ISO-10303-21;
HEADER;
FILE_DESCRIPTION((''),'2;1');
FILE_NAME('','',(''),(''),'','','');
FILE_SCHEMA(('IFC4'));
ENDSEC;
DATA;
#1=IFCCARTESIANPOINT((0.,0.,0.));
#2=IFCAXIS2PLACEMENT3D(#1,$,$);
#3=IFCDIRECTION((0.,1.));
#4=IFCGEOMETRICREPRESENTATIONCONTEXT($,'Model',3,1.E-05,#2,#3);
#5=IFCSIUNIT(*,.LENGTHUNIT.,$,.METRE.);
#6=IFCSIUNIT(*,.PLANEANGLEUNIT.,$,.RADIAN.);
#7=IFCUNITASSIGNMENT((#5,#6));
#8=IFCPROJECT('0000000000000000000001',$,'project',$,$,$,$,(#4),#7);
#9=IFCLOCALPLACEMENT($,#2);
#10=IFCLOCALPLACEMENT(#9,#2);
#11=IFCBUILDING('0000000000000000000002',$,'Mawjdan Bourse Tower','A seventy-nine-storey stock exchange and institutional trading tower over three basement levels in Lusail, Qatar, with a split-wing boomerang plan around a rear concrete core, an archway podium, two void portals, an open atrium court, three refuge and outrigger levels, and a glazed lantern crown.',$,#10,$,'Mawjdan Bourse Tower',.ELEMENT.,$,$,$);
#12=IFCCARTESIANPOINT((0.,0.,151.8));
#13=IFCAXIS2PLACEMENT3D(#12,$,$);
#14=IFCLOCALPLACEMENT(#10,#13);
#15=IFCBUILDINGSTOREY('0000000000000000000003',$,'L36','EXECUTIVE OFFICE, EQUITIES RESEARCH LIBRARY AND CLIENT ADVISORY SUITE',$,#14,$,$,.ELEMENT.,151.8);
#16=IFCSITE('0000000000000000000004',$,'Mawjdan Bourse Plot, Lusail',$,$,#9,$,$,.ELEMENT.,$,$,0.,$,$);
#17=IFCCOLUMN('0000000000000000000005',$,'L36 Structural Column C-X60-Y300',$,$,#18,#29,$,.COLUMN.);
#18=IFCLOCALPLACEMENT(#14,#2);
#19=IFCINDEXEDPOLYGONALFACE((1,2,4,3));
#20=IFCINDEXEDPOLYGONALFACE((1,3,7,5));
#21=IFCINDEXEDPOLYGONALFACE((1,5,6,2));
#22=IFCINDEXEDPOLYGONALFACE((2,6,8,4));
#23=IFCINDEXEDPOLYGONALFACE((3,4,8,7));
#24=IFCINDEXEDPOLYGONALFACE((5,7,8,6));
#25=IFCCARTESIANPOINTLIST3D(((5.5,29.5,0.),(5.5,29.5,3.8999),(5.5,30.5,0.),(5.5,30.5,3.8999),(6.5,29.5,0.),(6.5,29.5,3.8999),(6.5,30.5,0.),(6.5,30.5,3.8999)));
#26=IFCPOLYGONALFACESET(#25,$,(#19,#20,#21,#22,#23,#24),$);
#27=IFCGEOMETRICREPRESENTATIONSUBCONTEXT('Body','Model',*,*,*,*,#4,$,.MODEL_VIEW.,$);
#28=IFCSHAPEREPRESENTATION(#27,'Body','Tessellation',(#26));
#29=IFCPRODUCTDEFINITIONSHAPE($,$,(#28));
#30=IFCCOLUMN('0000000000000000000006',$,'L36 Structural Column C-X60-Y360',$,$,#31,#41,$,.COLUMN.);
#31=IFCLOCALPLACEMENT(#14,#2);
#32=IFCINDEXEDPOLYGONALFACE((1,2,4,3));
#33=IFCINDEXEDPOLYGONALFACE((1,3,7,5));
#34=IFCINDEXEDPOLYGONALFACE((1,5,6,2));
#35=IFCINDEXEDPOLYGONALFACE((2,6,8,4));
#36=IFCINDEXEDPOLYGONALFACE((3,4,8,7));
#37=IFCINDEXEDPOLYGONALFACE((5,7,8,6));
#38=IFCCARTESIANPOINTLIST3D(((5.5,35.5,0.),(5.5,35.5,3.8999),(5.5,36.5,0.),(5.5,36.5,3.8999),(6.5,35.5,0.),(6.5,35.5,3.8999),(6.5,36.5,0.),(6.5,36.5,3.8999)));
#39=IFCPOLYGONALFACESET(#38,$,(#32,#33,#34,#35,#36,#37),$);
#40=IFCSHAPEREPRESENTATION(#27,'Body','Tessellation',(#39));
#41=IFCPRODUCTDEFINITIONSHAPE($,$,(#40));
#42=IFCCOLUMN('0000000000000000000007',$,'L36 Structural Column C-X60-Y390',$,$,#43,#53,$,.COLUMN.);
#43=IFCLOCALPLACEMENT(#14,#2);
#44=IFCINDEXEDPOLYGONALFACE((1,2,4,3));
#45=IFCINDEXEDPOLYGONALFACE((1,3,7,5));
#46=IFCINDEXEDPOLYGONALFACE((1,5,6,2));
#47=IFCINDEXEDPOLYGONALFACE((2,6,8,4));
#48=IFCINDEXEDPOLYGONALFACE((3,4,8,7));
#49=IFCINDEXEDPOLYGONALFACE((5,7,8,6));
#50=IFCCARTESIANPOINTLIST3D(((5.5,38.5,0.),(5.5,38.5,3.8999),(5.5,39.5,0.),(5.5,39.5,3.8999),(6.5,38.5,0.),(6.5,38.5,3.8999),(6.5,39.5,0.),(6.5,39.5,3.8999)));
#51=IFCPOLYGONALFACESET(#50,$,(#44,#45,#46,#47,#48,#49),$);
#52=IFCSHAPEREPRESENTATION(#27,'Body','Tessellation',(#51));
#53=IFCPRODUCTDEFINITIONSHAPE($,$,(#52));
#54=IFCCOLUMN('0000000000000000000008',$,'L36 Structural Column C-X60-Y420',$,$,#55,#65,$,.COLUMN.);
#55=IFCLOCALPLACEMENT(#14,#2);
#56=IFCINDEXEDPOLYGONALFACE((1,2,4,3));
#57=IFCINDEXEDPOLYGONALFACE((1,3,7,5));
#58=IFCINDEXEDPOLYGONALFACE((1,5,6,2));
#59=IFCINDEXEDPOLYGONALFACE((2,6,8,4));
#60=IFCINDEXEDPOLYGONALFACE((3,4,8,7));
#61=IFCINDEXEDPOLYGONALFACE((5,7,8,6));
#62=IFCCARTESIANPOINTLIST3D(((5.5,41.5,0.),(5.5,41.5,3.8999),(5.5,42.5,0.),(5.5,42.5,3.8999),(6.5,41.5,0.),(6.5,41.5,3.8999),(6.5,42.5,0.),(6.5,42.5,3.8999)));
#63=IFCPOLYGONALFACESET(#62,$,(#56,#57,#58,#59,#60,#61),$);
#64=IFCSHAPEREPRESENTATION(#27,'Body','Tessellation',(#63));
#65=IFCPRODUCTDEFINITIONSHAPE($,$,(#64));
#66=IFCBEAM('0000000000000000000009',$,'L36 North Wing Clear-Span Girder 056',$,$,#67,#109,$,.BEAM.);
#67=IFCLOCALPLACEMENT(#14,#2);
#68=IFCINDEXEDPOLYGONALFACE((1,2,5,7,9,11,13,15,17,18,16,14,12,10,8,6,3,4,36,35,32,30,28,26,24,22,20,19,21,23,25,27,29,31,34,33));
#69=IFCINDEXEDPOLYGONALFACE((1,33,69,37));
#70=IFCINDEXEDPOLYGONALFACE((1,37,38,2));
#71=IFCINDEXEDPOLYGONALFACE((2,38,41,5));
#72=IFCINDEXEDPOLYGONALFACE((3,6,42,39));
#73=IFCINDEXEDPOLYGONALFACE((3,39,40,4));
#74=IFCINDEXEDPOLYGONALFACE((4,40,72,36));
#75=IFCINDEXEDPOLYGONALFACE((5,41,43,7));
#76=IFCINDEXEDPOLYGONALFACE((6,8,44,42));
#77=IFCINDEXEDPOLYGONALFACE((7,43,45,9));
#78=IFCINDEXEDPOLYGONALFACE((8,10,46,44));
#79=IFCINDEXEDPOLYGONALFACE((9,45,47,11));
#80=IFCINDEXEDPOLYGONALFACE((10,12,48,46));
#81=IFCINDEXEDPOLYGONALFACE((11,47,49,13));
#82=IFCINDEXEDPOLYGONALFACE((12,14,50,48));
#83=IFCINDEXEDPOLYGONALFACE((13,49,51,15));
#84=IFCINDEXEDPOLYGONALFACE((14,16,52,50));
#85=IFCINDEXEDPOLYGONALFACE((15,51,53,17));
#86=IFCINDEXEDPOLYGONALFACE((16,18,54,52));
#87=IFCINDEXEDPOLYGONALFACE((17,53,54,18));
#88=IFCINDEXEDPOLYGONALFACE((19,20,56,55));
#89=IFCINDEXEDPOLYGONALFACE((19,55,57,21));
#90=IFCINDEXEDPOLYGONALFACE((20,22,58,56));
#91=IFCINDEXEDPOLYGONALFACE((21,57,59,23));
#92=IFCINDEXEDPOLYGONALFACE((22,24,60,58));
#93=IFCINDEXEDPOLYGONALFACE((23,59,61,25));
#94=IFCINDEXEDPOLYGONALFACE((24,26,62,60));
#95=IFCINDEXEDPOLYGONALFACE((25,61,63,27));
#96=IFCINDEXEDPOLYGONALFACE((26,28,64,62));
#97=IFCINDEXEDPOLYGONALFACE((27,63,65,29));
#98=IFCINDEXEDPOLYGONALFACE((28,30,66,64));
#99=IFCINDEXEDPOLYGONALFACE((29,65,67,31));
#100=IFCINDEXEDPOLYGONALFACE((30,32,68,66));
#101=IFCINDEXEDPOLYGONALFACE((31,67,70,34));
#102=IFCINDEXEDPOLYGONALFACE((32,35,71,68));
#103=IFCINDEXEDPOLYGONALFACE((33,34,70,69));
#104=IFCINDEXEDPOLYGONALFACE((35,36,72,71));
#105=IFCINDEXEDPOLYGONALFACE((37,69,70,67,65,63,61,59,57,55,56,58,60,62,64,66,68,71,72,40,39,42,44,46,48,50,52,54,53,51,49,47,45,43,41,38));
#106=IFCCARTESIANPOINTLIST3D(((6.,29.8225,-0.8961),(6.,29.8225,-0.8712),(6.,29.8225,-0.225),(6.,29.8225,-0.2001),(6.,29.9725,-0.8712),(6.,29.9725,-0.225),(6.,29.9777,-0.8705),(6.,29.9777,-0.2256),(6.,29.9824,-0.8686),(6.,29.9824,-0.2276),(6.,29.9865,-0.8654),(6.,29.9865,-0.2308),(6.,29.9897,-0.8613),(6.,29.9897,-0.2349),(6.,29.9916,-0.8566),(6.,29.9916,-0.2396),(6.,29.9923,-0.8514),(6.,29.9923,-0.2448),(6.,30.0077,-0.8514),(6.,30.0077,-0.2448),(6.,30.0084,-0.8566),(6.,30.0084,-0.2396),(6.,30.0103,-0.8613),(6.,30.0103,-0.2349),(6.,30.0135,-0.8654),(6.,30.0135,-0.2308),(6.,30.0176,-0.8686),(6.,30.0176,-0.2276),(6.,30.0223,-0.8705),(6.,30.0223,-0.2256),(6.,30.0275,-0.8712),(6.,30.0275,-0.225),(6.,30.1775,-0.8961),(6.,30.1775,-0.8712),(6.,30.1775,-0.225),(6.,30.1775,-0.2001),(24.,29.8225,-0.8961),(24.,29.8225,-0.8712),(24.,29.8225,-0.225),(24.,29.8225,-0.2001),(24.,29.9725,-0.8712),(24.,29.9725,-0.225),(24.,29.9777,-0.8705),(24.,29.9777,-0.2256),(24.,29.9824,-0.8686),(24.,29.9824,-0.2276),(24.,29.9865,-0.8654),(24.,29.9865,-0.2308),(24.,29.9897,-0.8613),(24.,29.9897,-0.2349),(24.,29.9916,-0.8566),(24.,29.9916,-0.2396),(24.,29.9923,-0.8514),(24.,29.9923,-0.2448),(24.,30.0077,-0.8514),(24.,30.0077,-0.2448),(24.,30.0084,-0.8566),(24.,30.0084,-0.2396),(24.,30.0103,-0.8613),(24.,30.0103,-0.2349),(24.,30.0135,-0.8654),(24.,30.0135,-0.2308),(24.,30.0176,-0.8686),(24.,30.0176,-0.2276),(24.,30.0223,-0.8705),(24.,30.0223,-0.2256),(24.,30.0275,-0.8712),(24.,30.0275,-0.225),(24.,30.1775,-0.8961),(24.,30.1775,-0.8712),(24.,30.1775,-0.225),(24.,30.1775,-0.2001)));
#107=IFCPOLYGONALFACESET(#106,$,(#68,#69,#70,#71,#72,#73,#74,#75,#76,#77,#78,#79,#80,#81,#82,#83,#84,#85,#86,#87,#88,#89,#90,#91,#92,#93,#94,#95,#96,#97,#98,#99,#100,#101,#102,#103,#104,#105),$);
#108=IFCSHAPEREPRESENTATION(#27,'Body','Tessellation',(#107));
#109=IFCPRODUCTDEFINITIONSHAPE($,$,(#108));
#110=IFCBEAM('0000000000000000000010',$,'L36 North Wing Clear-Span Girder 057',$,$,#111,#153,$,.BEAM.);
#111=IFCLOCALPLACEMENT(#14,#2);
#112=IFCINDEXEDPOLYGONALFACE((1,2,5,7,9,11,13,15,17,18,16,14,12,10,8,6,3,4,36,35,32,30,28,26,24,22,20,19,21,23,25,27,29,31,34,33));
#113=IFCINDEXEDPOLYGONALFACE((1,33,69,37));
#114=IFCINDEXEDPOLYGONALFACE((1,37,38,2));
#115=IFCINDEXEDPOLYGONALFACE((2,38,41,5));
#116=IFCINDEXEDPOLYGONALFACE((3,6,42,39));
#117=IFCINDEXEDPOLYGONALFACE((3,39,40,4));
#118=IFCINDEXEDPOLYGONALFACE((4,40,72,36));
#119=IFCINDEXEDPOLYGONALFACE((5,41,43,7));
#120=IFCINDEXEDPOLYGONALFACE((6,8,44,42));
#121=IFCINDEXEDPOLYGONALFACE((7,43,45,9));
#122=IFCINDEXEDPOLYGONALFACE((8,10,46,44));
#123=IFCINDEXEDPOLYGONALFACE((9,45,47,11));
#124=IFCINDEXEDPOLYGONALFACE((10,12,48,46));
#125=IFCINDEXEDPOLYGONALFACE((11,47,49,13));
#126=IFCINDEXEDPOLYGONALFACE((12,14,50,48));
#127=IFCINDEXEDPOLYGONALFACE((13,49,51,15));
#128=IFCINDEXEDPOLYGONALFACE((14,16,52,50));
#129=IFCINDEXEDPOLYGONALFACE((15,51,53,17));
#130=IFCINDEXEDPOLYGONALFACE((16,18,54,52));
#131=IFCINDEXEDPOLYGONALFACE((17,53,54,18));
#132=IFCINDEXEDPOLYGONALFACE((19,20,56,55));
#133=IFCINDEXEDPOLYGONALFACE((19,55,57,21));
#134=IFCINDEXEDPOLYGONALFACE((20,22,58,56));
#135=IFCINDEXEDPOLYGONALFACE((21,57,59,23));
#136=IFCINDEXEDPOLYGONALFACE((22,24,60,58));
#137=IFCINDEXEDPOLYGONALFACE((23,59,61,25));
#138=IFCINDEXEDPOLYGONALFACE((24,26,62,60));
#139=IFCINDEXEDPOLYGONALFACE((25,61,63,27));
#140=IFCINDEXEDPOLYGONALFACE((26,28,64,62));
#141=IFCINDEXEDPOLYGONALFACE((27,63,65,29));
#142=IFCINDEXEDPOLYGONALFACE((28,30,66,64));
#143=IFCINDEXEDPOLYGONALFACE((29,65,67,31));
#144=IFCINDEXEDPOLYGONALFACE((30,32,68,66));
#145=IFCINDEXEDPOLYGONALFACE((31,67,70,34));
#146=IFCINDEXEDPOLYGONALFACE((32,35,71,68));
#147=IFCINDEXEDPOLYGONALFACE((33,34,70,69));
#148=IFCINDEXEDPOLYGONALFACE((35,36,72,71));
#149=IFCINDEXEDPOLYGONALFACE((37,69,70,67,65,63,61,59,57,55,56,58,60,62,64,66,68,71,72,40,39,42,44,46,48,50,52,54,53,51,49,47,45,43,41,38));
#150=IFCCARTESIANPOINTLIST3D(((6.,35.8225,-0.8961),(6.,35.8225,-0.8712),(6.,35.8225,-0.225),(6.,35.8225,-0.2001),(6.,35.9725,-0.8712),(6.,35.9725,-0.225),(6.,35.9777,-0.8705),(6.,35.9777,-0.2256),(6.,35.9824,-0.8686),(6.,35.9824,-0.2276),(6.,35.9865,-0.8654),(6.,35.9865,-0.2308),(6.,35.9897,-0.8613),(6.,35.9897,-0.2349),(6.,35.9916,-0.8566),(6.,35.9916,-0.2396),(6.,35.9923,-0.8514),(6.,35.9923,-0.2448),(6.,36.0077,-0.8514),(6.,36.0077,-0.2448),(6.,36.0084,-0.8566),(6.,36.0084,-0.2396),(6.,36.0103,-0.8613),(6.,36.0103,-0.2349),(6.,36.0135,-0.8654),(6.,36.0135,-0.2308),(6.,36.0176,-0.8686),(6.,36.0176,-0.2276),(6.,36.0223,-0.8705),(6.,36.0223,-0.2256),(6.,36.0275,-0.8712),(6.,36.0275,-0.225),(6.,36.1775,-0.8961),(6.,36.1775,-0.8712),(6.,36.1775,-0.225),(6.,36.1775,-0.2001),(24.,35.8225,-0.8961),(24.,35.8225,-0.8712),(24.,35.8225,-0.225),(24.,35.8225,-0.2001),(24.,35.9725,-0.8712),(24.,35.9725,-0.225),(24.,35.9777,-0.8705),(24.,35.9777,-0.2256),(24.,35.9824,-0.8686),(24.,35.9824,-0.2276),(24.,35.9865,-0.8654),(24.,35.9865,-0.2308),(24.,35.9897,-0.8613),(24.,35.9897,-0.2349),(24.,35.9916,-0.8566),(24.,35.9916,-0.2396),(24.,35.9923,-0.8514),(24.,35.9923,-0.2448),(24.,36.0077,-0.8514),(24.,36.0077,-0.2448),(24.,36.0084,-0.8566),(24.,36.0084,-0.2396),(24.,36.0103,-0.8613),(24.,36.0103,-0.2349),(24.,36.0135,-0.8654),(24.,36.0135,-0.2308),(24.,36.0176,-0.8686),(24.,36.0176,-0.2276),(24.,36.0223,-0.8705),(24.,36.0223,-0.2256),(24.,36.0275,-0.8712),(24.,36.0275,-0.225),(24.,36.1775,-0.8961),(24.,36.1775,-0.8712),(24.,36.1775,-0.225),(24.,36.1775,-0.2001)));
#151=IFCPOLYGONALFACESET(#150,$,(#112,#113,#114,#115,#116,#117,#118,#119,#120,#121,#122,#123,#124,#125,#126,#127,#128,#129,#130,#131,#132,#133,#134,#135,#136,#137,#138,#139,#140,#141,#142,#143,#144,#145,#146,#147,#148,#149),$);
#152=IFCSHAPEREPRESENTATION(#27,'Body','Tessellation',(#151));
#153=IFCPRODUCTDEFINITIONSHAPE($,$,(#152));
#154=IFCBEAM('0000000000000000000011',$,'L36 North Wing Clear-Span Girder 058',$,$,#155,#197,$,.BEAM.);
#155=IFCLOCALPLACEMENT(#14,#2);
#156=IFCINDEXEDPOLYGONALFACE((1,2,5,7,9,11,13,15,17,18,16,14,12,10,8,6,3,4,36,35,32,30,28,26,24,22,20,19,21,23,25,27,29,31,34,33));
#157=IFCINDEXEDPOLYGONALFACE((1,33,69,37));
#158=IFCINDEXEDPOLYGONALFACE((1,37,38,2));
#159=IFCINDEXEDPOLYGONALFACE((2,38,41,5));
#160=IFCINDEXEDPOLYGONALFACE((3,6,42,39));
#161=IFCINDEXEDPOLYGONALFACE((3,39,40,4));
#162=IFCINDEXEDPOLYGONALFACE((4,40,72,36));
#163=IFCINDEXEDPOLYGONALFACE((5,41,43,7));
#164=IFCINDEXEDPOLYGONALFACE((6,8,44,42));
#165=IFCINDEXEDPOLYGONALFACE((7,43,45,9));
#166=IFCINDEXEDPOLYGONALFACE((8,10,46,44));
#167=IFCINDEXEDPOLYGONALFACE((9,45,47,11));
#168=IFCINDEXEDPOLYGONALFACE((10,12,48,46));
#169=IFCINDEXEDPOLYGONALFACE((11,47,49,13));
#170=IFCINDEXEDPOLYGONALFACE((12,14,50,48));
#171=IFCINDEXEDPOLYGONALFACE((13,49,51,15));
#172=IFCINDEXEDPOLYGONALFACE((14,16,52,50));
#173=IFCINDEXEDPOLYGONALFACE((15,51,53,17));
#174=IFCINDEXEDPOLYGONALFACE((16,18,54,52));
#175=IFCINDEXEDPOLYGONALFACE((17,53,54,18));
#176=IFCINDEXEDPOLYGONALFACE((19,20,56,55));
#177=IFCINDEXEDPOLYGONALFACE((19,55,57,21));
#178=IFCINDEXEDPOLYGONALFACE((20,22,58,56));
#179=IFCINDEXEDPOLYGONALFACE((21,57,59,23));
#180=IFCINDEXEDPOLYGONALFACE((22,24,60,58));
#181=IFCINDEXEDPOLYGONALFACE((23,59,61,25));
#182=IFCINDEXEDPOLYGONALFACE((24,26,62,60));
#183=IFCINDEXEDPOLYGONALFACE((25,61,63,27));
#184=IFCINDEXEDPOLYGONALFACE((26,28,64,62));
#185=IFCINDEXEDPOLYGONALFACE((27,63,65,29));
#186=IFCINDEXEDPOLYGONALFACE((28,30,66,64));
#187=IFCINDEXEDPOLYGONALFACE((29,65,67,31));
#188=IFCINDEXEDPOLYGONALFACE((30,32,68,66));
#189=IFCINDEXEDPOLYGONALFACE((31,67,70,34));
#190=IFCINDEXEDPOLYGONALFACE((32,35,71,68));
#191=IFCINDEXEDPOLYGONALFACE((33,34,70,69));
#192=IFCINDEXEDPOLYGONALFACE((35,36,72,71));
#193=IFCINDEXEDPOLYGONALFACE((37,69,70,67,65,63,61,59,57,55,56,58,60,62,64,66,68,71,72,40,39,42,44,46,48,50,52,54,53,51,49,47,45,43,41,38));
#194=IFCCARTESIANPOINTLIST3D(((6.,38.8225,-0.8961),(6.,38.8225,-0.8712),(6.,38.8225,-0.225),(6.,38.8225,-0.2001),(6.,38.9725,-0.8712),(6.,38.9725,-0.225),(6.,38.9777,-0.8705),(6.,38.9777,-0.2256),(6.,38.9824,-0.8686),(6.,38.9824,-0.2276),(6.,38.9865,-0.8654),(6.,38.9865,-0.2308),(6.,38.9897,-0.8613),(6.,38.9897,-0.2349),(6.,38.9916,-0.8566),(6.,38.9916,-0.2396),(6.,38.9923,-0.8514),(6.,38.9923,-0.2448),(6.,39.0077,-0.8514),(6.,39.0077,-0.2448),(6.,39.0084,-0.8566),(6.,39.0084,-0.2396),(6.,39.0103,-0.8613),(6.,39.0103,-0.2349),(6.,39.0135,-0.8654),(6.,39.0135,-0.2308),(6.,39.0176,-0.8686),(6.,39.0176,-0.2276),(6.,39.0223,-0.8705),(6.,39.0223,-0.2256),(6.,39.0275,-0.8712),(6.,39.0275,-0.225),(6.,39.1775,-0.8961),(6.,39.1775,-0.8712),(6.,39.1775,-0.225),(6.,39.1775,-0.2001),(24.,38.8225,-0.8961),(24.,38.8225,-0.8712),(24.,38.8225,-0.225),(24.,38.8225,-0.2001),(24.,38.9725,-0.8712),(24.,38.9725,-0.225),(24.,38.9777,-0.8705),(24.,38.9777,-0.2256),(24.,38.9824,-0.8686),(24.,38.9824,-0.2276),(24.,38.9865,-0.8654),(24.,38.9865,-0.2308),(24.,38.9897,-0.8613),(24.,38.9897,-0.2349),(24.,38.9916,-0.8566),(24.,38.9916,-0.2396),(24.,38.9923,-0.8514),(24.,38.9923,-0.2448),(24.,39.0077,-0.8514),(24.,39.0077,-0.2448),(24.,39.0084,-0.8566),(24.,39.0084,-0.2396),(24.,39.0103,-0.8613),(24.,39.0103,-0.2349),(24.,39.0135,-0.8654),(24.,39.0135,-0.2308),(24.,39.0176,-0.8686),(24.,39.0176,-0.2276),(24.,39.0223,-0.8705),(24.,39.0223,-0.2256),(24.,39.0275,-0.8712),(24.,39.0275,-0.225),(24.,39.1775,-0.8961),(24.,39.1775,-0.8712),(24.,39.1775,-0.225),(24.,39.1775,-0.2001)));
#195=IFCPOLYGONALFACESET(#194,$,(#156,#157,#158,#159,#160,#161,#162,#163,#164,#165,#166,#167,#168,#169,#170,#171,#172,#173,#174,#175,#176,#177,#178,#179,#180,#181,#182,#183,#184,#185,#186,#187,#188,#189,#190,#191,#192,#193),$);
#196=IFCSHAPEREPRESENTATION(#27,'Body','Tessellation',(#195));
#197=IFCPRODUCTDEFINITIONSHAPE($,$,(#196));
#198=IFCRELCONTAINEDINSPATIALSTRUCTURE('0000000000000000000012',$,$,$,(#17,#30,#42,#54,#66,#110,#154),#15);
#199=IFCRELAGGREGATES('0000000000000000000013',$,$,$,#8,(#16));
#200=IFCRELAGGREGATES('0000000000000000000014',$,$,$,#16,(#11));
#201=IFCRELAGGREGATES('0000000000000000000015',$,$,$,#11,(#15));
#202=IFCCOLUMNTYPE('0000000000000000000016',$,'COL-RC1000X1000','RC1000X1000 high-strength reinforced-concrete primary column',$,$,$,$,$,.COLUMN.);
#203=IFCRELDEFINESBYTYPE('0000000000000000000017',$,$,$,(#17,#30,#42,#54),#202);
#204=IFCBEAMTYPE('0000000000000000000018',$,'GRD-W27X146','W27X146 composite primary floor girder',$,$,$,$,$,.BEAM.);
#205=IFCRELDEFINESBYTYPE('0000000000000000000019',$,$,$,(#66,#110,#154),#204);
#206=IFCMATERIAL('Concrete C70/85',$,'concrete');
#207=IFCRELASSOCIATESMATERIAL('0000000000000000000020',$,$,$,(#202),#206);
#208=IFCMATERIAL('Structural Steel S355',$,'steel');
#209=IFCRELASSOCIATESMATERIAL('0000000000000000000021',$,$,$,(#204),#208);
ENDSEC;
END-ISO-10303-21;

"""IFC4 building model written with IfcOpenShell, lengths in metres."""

from ifc_helpers import new_model, si_unit, direction, frame, origin, origin_2d, place, context, subcontext, project, spatial, rectangle, i_section, extrude, material, material_profile, profile_set, type_object, element, save


model = new_model("IFC4")

# Units and contexts
model_context = context("Model", 3, precision=1e-05, world=origin(), true_north=direction((0.0, 1.0)))
body_context = subcontext(model_context, "Body", "Model", "MODEL_VIEW")
ifc_project = project(units=[si_unit("LENGTHUNIT", "METRE"), si_unit("PLANEANGLEUNIT", "RADIAN")], contexts=[model_context])

# Site, building, storey
site_placement = place(None, origin())
site = spatial("IfcSite", under=ifc_project, at=site_placement, Name="Mawjdan Bourse Plot, Lusail", CompositionType="ELEMENT", RefElevation=0.0)
building_placement = place(site_placement, origin())
building = spatial("IfcBuilding", under=site, at=building_placement, Name="Mawjdan Bourse Tower", Description="A seventy-nine-storey stock exchange and institutional trading tower over three basement levels in Lusail, Qatar, with a split-wing boomerang plan around a rear concrete core, an archway podium, two void portals, an open atrium court, three refuge and outrigger levels, and a glazed lantern crown.", LongName="Mawjdan Bourse Tower", CompositionType="ELEMENT")
storey_placement = place(building_placement, frame((0.0, 0.0, 151.8)))
storey = spatial("IfcBuildingStorey", under=building, at=storey_placement, Name="L36", Description="EXECUTIVE OFFICE, EQUITIES RESEARCH LIBRARY AND CLIENT ADVISORY SUITE", CompositionType="ELEMENT", Elevation=151.8)

# Columns
ifc_material_1 = material(Name="Concrete C70/85", Category="concrete")
ifc_material_profile_1 = material_profile(ifc_material_1, rectangle(XDim=1.0, YDim=1.0, at=origin_2d()), Name="RC1000X1000")
ifc_profile_set_1 = profile_set([ifc_material_profile_1], Name="Concrete C70/85")
column_type = type_object("IfcColumnType", Name="COL-RC1000X1000", Description="RC1000X1000 high-strength reinforced-concrete primary column", PredefinedType="COLUMN", material=ifc_profile_set_1)
for number, where, z_axis, x_axis, name in (
    (1, (6.0, 30.0, 0.0), (0.0, 0.0, 1.0), (1.0, 0.0, 0.0), "L36 Structural Column C-X60-Y300"),
    (2, (6.0, 36.0, 0.0), (0.0, 0.0, 1.0), (1.0, 0.0, 0.0), "L36 Structural Column C-X60-Y360"),
    (3, (6.0, 39.0, 0.0), (0.0, 0.0, 1.0), (1.0, 0.0, 0.0), "L36 Structural Column C-X60-Y390"),
    (4, (6.0, 42.0, 0.0), (0.0, 0.0, 1.0), (1.0, 0.0, 0.0), "L36 Structural Column C-X60-Y420"),
):
    element("IfcColumn", number, at=place(storey_placement, frame(where, z_axis=z_axis, x_axis=x_axis)), inside=storey, type_object=column_type, Name=name, PredefinedType="COLUMN", context=body_context, shape_type="SweptSolid", body=[
        extrude(rectangle(XDim=1.0, YDim=1.0, at=origin_2d()), origin(), (0.0, 0.0, 1.0), 3.8999),
    ])

# Beams
ifc_material_2 = material(Name="Structural Steel S355", Category="steel")
ifc_material_profile_2 = material_profile(ifc_material_2, i_section(OverallWidth=0.355, OverallDepth=0.696, WebThickness=0.0154, FlangeThickness=0.0249, FilletRadius=0.0198, at=origin_2d()), Name="W27X146")
ifc_profile_set_2 = profile_set([ifc_material_profile_2], Name="Structural Steel S355")
beam_type_1 = type_object("IfcBeamType", Name="GRD-W27X146", Description="W27X146 composite primary floor girder", PredefinedType="BEAM", material=ifc_profile_set_2)
for number, where, z_axis, x_axis, name in (
    (5, (6.0, 30.0, -0.5481), (1.0, 0.0, 0.0), (0.0, 1.0, 0.0), "L36 North Wing Clear-Span Girder 056"),
    (6, (6.0, 36.0, -0.5481), (1.0, 0.0, 0.0), (0.0, 1.0, 0.0), "L36 North Wing Clear-Span Girder 057"),
    (7, (6.0, 39.0, -0.5481), (1.0, 0.0, 0.0), (0.0, 1.0, 0.0), "L36 North Wing Clear-Span Girder 058"),
):
    element("IfcBeam", number, at=place(storey_placement, frame(where, z_axis=z_axis, x_axis=x_axis)), inside=storey, type_object=beam_type_1, Name=name, PredefinedType="BEAM", context=body_context, shape_type="SweptSolid", body=[
        extrude(i_section(OverallWidth=0.355, OverallDepth=0.696, WebThickness=0.0154, FlangeThickness=0.0249, FilletRadius=0.0198, at=origin_2d()), origin(), (0.0, 0.0, 1.0), 18.0),
    ])

save(model, "model.ifc")
